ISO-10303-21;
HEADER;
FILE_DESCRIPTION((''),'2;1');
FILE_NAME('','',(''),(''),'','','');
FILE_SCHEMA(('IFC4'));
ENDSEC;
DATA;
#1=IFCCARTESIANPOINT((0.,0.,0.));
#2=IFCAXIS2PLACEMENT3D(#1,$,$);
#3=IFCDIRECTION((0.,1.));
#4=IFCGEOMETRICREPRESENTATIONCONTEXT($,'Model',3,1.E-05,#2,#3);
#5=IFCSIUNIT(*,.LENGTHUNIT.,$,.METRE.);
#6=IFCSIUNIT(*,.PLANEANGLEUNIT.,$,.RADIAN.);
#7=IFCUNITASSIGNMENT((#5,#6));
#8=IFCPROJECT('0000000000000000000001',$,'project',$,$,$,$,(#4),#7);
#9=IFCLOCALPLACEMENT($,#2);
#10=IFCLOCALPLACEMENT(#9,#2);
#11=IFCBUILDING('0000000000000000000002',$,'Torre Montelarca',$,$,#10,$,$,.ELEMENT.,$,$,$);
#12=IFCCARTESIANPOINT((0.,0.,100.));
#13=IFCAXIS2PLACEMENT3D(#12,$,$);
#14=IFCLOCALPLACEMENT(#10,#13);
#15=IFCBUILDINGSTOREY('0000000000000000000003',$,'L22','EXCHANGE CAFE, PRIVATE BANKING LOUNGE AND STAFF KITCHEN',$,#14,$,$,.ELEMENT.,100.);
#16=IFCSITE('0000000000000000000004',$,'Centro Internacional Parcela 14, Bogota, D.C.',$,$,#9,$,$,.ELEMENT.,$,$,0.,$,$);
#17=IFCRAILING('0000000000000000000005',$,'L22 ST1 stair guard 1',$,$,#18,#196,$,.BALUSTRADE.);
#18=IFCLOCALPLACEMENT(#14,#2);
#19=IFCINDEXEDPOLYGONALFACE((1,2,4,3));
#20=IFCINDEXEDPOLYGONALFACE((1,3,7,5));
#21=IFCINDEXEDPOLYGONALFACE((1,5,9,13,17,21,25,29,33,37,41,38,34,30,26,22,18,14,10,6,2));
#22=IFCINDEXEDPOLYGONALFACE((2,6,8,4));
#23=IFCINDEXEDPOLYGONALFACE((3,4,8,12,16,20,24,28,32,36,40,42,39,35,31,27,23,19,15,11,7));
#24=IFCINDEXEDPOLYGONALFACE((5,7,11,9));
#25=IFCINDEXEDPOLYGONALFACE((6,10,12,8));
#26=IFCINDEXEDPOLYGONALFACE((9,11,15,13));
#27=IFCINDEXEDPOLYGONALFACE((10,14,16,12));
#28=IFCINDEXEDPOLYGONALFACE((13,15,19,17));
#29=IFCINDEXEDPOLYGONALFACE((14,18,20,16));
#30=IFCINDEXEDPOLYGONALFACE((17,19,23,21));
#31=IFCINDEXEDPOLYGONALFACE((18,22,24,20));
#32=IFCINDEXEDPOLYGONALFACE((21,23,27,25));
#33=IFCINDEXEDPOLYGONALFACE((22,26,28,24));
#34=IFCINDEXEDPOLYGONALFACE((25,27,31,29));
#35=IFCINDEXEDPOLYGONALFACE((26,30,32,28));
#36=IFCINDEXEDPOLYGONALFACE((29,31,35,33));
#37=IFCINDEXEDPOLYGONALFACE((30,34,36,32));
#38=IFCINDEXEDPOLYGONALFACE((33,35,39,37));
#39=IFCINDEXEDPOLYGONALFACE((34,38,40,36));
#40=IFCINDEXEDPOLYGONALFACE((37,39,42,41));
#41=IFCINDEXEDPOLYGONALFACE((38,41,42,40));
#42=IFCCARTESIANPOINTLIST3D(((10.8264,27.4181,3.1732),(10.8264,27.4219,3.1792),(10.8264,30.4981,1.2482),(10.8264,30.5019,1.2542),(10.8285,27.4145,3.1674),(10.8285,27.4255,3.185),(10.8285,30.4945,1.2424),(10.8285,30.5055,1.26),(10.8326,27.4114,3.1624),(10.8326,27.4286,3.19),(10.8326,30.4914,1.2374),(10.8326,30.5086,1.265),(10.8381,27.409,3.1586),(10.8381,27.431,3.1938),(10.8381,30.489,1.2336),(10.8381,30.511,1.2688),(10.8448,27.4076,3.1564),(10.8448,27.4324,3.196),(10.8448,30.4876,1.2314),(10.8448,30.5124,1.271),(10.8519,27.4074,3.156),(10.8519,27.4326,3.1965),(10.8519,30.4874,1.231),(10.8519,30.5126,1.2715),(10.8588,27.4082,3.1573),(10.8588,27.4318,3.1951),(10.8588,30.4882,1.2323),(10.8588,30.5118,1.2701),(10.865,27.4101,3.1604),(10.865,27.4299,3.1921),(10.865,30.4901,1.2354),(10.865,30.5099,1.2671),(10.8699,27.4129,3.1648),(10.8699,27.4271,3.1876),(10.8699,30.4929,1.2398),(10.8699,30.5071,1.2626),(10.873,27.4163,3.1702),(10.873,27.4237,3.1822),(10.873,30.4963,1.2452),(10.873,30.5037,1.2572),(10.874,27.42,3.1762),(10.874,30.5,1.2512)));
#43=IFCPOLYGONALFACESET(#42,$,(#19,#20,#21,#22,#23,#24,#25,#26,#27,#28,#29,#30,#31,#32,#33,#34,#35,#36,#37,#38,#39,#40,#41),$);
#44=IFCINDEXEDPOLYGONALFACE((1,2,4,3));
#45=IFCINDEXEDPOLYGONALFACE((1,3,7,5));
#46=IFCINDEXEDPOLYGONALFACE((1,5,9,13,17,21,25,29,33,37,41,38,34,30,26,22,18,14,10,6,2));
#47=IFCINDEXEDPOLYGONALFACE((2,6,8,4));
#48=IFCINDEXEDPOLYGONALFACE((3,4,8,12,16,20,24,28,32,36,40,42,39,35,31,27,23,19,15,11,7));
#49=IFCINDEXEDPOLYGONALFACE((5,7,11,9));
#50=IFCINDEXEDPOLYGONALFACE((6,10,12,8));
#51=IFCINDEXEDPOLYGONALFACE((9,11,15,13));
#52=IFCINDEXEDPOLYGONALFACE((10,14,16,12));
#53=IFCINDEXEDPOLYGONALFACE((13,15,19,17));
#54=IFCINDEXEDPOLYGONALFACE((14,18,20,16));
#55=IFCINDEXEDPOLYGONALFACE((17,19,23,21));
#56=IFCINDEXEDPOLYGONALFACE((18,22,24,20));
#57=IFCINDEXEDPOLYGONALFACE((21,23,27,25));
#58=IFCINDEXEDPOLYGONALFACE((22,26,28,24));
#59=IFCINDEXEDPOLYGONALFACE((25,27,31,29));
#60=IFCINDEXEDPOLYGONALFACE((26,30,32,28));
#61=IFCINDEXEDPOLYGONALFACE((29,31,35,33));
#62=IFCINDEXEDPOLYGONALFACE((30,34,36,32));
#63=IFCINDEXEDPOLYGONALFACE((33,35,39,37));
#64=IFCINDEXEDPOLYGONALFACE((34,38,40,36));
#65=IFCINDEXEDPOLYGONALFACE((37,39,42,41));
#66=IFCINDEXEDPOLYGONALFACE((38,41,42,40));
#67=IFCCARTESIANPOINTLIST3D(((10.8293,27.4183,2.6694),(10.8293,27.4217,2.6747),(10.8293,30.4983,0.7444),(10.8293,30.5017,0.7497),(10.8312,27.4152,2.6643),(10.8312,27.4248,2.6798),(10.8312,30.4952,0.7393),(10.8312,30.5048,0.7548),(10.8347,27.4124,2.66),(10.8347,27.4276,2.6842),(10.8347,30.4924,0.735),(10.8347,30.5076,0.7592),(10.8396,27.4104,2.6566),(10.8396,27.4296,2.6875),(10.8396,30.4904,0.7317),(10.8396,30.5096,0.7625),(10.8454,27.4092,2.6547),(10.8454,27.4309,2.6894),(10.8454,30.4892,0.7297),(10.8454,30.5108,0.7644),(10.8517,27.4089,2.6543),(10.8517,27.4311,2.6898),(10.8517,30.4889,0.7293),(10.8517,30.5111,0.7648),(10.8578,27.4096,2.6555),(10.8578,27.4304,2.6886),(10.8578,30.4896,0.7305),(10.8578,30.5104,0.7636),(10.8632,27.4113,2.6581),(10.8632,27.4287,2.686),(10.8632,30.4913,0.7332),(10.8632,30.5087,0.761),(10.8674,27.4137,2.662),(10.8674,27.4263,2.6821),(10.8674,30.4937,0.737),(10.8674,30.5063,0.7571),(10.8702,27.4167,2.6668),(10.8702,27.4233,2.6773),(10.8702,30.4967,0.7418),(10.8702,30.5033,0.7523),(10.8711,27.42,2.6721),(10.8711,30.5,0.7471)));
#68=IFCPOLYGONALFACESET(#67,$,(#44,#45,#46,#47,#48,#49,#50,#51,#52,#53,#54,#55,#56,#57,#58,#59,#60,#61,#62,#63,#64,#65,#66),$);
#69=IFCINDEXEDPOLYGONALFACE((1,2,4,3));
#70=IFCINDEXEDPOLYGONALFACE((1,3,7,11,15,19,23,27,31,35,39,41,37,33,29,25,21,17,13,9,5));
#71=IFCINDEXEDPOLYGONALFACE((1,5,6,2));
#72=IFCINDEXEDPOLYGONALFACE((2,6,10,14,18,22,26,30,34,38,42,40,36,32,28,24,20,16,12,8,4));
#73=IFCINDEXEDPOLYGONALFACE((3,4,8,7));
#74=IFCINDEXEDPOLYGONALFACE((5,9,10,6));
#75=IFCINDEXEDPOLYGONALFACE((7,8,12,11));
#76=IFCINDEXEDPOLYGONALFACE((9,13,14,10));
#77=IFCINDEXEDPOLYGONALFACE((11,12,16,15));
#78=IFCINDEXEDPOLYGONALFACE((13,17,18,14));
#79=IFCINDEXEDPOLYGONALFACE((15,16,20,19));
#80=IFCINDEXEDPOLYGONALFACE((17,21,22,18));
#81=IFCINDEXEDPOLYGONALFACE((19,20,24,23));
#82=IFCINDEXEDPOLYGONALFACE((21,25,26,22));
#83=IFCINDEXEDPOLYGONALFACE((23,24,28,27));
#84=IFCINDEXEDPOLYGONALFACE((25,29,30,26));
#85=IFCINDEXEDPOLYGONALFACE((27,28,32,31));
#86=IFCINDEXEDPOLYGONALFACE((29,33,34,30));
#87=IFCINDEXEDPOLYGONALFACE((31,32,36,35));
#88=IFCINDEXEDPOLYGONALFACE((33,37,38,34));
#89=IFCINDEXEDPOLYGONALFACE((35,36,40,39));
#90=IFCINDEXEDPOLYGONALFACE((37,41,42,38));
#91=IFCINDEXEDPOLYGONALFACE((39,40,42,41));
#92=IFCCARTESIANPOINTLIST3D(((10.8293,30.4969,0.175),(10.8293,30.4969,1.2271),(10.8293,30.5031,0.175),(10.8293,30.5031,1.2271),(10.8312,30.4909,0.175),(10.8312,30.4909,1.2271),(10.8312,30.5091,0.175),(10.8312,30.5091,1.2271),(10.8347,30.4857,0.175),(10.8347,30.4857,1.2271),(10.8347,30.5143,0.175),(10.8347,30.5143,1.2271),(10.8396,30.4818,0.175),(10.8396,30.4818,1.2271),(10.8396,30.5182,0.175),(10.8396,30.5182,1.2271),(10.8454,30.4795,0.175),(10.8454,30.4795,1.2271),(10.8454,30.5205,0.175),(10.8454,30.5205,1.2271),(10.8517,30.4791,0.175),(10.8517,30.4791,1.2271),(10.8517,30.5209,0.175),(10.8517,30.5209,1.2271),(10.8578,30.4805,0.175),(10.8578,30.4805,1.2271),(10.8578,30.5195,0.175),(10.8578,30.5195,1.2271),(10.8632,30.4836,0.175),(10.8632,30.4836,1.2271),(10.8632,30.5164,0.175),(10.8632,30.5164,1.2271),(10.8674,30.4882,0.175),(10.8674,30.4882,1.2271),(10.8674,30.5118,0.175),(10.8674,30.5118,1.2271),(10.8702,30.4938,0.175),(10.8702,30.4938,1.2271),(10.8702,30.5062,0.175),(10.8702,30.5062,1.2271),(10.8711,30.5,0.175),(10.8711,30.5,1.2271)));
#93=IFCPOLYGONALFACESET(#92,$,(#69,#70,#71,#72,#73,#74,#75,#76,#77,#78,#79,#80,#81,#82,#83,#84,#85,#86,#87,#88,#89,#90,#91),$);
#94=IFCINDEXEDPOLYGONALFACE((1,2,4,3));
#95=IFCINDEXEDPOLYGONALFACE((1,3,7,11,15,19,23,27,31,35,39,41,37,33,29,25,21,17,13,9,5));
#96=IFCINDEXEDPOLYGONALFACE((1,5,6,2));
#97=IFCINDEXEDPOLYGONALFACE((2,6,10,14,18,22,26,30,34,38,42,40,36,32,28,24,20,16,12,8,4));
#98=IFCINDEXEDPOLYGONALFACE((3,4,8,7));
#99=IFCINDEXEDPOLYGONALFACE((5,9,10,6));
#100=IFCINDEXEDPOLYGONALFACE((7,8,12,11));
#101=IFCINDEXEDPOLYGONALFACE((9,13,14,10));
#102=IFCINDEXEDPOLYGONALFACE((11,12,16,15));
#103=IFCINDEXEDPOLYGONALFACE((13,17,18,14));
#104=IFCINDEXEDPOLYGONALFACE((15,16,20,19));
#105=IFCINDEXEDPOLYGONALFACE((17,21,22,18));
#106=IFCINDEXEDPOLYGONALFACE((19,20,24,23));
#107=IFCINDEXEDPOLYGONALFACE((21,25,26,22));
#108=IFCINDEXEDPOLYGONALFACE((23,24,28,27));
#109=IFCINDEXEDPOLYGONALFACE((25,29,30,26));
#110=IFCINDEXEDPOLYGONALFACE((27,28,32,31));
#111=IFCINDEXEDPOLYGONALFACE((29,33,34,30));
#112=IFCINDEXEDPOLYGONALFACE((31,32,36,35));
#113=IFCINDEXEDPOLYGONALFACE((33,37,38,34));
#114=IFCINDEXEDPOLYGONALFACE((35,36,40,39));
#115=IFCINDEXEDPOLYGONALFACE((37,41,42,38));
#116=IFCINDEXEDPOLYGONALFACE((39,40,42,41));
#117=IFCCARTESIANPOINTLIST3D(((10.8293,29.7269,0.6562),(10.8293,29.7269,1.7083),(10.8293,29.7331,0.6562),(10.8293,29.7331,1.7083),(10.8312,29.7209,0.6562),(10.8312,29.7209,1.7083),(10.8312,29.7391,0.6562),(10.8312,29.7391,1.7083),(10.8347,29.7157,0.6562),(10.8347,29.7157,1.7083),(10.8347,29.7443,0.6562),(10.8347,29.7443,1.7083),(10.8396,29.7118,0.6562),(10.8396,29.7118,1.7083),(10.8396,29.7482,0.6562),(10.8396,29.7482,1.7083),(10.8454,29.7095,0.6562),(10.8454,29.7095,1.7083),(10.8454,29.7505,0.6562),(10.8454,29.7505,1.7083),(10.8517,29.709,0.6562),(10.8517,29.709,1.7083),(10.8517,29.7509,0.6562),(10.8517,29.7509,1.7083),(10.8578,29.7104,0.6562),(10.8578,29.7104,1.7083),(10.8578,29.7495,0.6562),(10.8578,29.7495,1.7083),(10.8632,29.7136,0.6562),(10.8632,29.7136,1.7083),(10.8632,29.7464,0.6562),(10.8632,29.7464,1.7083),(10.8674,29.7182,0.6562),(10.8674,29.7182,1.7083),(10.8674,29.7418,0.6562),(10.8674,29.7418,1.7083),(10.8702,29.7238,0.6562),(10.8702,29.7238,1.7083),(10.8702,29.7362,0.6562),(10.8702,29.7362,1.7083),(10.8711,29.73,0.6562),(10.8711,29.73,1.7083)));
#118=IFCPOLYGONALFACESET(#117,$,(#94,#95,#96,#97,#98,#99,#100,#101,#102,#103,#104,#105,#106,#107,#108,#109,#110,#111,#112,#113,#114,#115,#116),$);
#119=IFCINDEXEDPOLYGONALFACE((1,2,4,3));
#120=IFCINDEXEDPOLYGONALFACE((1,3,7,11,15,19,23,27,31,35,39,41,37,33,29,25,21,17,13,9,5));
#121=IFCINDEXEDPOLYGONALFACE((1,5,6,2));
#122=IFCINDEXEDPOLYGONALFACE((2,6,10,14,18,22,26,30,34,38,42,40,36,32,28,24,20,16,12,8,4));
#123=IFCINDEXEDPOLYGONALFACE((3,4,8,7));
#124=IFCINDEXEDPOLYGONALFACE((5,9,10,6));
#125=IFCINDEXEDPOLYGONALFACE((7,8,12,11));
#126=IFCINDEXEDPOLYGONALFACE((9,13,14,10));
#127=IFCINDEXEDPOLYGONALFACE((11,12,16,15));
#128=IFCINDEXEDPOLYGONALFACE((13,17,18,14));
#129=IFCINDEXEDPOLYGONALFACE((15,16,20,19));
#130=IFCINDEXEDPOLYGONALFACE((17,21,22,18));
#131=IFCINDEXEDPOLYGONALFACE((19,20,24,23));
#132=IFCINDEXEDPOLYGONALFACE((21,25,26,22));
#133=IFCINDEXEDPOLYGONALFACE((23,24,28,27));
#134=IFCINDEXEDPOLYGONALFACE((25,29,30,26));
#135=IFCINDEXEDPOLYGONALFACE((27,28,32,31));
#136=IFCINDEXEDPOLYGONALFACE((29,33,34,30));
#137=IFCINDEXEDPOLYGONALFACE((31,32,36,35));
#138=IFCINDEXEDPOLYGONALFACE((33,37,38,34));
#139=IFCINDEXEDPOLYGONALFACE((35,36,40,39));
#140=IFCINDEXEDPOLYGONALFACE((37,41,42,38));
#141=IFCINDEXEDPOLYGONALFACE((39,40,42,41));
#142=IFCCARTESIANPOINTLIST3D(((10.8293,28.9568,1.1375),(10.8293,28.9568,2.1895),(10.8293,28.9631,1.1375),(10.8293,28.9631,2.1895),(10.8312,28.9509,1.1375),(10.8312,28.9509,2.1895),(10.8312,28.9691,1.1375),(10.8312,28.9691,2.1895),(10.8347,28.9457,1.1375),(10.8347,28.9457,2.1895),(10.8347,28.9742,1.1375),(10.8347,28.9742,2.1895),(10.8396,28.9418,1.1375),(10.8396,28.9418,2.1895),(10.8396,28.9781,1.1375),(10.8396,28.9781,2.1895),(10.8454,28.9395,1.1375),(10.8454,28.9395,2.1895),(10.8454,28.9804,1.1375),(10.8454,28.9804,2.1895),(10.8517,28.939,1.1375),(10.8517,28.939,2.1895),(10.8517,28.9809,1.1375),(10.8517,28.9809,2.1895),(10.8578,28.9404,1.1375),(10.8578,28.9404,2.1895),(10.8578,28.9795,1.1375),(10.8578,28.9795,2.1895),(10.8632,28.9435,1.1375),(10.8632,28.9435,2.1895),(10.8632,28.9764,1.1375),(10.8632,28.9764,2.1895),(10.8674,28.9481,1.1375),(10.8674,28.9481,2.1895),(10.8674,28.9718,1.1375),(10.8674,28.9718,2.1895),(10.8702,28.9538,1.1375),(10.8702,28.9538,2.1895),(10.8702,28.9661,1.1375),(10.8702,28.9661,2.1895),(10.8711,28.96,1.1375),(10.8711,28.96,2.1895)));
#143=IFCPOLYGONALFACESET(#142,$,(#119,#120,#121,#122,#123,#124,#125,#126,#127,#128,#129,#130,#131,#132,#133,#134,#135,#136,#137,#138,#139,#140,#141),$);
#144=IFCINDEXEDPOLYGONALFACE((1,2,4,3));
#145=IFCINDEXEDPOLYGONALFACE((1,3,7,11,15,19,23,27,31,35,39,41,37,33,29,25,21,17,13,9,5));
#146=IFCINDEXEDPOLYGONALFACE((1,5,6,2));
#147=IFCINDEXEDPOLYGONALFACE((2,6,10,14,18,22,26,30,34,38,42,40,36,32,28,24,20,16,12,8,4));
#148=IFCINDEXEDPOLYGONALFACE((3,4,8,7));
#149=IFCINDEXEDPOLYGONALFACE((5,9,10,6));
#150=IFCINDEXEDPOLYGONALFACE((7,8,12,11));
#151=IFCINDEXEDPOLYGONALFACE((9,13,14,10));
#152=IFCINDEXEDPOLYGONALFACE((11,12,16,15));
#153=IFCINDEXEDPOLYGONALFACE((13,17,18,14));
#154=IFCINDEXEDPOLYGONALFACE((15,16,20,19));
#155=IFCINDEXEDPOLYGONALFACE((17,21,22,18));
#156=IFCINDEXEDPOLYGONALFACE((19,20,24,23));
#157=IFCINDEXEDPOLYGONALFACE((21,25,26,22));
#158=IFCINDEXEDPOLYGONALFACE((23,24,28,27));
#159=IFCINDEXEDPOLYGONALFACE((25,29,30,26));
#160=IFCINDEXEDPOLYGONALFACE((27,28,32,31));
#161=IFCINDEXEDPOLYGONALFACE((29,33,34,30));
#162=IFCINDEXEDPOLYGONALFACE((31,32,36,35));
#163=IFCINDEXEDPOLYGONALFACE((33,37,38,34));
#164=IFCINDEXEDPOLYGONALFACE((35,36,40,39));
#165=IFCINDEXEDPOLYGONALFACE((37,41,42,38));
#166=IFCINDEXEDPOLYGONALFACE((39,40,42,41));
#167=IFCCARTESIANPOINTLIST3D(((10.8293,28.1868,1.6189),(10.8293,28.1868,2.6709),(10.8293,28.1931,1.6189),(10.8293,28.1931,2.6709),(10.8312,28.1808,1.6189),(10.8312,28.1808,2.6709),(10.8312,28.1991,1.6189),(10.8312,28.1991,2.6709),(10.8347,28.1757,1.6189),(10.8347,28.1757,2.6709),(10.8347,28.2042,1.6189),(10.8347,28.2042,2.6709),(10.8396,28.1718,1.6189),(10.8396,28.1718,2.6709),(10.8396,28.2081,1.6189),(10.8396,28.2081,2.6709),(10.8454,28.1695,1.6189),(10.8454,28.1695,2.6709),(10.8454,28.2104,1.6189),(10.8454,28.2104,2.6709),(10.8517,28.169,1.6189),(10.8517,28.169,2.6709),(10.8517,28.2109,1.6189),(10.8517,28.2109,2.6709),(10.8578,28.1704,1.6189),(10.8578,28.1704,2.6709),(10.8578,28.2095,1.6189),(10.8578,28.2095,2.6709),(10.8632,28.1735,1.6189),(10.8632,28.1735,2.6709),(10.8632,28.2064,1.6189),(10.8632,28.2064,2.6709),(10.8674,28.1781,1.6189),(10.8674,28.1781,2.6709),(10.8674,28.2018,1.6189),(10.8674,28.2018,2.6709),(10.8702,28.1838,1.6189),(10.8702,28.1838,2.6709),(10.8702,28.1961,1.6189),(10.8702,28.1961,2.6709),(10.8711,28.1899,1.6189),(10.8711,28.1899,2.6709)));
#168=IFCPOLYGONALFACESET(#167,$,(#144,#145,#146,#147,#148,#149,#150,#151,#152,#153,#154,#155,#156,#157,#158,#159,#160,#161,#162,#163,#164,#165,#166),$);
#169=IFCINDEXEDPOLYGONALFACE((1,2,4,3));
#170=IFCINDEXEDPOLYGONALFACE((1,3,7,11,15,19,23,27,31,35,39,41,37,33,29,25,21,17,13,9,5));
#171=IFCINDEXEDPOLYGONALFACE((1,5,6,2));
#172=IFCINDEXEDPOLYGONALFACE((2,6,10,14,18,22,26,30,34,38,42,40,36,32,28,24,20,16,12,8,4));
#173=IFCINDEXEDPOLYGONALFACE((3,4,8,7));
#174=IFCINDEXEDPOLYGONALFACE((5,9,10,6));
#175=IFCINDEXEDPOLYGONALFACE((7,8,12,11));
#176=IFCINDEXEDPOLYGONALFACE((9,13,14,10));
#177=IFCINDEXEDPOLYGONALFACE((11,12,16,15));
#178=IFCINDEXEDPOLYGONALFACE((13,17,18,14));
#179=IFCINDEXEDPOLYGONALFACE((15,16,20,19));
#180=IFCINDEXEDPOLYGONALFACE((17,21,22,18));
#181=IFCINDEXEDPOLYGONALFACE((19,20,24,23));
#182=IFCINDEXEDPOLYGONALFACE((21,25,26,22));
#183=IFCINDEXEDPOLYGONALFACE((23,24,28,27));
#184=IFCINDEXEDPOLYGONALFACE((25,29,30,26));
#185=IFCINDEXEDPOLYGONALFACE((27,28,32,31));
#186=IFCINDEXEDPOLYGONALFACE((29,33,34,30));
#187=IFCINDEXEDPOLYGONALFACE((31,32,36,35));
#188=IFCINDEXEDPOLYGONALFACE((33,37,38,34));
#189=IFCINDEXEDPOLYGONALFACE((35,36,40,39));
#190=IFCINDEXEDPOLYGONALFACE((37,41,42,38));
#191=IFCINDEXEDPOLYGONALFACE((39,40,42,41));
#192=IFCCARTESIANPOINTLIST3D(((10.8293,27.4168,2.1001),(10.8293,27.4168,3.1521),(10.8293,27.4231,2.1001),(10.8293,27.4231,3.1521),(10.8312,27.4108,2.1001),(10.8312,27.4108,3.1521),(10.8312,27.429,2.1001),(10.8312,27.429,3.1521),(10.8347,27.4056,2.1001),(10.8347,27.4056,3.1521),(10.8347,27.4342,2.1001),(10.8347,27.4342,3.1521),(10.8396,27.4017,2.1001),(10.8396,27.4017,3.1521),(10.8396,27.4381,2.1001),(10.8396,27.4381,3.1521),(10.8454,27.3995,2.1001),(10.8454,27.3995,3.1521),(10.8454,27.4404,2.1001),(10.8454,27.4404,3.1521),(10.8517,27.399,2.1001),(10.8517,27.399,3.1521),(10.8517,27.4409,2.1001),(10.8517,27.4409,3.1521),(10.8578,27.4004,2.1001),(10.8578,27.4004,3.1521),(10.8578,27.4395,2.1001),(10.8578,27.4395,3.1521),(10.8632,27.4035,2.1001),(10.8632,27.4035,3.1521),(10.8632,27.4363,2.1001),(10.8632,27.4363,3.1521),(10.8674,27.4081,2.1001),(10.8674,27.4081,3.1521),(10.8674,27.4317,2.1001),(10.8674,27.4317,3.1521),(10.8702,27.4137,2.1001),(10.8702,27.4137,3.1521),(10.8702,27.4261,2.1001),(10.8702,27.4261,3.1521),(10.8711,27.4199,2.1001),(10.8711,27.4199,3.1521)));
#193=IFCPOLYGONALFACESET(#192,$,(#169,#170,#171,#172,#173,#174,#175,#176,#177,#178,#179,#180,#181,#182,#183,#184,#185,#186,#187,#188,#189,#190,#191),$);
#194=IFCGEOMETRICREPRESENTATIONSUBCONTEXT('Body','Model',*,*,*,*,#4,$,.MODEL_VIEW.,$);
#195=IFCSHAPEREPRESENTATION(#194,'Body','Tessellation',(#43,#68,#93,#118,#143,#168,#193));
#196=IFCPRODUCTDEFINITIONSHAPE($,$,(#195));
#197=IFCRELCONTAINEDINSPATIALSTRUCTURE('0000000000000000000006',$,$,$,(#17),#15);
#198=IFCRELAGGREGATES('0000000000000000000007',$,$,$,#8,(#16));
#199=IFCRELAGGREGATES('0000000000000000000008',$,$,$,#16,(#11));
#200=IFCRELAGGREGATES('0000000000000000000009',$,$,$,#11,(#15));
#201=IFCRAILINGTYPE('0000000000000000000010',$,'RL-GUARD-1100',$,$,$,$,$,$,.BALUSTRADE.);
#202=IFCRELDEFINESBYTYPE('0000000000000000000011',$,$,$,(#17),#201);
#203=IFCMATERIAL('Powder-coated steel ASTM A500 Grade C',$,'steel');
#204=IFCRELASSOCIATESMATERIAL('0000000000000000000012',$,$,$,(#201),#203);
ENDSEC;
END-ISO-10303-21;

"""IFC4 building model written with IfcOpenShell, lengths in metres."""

from ifc_helpers import new_model, si_unit, direction, frame, origin, origin_2d, place, context, subcontext, project, spatial, circle, extrude, material, type_object, element, save


model = new_model("IFC4")

# Units and contexts
model_context = context("Model", 3, precision=1e-05, world=origin(), true_north=direction((0.0, 1.0)))
body_context = subcontext(model_context, "Body", "Model", "MODEL_VIEW")
ifc_project = project(units=[si_unit("LENGTHUNIT", "METRE"), si_unit("PLANEANGLEUNIT", "RADIAN")], contexts=[model_context])

# Site, building, storey
site_placement = place(None, origin())
site = spatial("IfcSite", under=ifc_project, at=site_placement, Name="Centro Internacional Parcela 14, Bogota, D.C.", CompositionType="ELEMENT", RefElevation=0.0)
building_placement = place(site_placement, origin())
building = spatial("IfcBuilding", under=site, at=building_placement, Name="Torre Montelarca", CompositionType="ELEMENT")
storey_placement = place(building_placement, frame((0.0, 0.0, 100.0)))
storey = spatial("IfcBuildingStorey", under=building, at=storey_placement, Name="L22", Description="EXCHANGE CAFE, PRIVATE BANKING LOUNGE AND STAFF KITCHEN", CompositionType="ELEMENT", Elevation=100.0)

# Railing
ifc_material_1 = material(Name="Powder-coated steel ASTM A500 Grade C", Category="steel")
railing_type_1 = type_object("IfcRailingType", Name="RL-GUARD-1100", PredefinedType="BALUSTRADE", material=ifc_material_1)
railing_1_placement = place(storey_placement, frame((10.8501, 30.5, 0.175)))
element("IfcRailing", 1, at=railing_1_placement, inside=storey, type_object=railing_type_1, Name="L22 ST1 stair guard 1", PredefinedType="BALUSTRADE", context=body_context, shape_type="SweptSolid", body=[
    extrude(circle(Radius=0.0239, at=origin_2d()), frame((0.0, 0.0, 1.0762), z_axis=(0.0, -0.847998, 0.529999), x_axis=(1.0, 0.0, 0.0)), (0.0, 0.0, 1.0), 3.6321),
    extrude(circle(Radius=0.021, at=origin_2d()), frame((0.0, 0.0, 0.572), z_axis=(0.0, -0.847998, 0.529999), x_axis=(1.0, 0.0, 0.0)), (0.0, 0.0, 1.0), 3.6321),
    extrude(circle(Radius=0.021, at=origin_2d()), origin(), (0.0, 0.0, 1.0), 1.052),
    extrude(circle(Radius=0.021, at=origin_2d()), frame((0.0, -0.77, 0.4812)), (0.0, 0.0, 1.0), 1.052),
    extrude(circle(Radius=0.021, at=origin_2d()), frame((0.0, -1.54, 0.9624)), (0.0, 0.0, 1.0), 1.052),
    extrude(circle(Radius=0.021, at=origin_2d()), frame((0.0, -2.3101, 1.4438)), (0.0, 0.0, 1.0), 1.052),
    extrude(circle(Radius=0.021, at=origin_2d()), frame((0.0, -3.0801, 1.925)), (0.0, 0.0, 1.0), 1.052),
])

save(model, "model.ifc")
